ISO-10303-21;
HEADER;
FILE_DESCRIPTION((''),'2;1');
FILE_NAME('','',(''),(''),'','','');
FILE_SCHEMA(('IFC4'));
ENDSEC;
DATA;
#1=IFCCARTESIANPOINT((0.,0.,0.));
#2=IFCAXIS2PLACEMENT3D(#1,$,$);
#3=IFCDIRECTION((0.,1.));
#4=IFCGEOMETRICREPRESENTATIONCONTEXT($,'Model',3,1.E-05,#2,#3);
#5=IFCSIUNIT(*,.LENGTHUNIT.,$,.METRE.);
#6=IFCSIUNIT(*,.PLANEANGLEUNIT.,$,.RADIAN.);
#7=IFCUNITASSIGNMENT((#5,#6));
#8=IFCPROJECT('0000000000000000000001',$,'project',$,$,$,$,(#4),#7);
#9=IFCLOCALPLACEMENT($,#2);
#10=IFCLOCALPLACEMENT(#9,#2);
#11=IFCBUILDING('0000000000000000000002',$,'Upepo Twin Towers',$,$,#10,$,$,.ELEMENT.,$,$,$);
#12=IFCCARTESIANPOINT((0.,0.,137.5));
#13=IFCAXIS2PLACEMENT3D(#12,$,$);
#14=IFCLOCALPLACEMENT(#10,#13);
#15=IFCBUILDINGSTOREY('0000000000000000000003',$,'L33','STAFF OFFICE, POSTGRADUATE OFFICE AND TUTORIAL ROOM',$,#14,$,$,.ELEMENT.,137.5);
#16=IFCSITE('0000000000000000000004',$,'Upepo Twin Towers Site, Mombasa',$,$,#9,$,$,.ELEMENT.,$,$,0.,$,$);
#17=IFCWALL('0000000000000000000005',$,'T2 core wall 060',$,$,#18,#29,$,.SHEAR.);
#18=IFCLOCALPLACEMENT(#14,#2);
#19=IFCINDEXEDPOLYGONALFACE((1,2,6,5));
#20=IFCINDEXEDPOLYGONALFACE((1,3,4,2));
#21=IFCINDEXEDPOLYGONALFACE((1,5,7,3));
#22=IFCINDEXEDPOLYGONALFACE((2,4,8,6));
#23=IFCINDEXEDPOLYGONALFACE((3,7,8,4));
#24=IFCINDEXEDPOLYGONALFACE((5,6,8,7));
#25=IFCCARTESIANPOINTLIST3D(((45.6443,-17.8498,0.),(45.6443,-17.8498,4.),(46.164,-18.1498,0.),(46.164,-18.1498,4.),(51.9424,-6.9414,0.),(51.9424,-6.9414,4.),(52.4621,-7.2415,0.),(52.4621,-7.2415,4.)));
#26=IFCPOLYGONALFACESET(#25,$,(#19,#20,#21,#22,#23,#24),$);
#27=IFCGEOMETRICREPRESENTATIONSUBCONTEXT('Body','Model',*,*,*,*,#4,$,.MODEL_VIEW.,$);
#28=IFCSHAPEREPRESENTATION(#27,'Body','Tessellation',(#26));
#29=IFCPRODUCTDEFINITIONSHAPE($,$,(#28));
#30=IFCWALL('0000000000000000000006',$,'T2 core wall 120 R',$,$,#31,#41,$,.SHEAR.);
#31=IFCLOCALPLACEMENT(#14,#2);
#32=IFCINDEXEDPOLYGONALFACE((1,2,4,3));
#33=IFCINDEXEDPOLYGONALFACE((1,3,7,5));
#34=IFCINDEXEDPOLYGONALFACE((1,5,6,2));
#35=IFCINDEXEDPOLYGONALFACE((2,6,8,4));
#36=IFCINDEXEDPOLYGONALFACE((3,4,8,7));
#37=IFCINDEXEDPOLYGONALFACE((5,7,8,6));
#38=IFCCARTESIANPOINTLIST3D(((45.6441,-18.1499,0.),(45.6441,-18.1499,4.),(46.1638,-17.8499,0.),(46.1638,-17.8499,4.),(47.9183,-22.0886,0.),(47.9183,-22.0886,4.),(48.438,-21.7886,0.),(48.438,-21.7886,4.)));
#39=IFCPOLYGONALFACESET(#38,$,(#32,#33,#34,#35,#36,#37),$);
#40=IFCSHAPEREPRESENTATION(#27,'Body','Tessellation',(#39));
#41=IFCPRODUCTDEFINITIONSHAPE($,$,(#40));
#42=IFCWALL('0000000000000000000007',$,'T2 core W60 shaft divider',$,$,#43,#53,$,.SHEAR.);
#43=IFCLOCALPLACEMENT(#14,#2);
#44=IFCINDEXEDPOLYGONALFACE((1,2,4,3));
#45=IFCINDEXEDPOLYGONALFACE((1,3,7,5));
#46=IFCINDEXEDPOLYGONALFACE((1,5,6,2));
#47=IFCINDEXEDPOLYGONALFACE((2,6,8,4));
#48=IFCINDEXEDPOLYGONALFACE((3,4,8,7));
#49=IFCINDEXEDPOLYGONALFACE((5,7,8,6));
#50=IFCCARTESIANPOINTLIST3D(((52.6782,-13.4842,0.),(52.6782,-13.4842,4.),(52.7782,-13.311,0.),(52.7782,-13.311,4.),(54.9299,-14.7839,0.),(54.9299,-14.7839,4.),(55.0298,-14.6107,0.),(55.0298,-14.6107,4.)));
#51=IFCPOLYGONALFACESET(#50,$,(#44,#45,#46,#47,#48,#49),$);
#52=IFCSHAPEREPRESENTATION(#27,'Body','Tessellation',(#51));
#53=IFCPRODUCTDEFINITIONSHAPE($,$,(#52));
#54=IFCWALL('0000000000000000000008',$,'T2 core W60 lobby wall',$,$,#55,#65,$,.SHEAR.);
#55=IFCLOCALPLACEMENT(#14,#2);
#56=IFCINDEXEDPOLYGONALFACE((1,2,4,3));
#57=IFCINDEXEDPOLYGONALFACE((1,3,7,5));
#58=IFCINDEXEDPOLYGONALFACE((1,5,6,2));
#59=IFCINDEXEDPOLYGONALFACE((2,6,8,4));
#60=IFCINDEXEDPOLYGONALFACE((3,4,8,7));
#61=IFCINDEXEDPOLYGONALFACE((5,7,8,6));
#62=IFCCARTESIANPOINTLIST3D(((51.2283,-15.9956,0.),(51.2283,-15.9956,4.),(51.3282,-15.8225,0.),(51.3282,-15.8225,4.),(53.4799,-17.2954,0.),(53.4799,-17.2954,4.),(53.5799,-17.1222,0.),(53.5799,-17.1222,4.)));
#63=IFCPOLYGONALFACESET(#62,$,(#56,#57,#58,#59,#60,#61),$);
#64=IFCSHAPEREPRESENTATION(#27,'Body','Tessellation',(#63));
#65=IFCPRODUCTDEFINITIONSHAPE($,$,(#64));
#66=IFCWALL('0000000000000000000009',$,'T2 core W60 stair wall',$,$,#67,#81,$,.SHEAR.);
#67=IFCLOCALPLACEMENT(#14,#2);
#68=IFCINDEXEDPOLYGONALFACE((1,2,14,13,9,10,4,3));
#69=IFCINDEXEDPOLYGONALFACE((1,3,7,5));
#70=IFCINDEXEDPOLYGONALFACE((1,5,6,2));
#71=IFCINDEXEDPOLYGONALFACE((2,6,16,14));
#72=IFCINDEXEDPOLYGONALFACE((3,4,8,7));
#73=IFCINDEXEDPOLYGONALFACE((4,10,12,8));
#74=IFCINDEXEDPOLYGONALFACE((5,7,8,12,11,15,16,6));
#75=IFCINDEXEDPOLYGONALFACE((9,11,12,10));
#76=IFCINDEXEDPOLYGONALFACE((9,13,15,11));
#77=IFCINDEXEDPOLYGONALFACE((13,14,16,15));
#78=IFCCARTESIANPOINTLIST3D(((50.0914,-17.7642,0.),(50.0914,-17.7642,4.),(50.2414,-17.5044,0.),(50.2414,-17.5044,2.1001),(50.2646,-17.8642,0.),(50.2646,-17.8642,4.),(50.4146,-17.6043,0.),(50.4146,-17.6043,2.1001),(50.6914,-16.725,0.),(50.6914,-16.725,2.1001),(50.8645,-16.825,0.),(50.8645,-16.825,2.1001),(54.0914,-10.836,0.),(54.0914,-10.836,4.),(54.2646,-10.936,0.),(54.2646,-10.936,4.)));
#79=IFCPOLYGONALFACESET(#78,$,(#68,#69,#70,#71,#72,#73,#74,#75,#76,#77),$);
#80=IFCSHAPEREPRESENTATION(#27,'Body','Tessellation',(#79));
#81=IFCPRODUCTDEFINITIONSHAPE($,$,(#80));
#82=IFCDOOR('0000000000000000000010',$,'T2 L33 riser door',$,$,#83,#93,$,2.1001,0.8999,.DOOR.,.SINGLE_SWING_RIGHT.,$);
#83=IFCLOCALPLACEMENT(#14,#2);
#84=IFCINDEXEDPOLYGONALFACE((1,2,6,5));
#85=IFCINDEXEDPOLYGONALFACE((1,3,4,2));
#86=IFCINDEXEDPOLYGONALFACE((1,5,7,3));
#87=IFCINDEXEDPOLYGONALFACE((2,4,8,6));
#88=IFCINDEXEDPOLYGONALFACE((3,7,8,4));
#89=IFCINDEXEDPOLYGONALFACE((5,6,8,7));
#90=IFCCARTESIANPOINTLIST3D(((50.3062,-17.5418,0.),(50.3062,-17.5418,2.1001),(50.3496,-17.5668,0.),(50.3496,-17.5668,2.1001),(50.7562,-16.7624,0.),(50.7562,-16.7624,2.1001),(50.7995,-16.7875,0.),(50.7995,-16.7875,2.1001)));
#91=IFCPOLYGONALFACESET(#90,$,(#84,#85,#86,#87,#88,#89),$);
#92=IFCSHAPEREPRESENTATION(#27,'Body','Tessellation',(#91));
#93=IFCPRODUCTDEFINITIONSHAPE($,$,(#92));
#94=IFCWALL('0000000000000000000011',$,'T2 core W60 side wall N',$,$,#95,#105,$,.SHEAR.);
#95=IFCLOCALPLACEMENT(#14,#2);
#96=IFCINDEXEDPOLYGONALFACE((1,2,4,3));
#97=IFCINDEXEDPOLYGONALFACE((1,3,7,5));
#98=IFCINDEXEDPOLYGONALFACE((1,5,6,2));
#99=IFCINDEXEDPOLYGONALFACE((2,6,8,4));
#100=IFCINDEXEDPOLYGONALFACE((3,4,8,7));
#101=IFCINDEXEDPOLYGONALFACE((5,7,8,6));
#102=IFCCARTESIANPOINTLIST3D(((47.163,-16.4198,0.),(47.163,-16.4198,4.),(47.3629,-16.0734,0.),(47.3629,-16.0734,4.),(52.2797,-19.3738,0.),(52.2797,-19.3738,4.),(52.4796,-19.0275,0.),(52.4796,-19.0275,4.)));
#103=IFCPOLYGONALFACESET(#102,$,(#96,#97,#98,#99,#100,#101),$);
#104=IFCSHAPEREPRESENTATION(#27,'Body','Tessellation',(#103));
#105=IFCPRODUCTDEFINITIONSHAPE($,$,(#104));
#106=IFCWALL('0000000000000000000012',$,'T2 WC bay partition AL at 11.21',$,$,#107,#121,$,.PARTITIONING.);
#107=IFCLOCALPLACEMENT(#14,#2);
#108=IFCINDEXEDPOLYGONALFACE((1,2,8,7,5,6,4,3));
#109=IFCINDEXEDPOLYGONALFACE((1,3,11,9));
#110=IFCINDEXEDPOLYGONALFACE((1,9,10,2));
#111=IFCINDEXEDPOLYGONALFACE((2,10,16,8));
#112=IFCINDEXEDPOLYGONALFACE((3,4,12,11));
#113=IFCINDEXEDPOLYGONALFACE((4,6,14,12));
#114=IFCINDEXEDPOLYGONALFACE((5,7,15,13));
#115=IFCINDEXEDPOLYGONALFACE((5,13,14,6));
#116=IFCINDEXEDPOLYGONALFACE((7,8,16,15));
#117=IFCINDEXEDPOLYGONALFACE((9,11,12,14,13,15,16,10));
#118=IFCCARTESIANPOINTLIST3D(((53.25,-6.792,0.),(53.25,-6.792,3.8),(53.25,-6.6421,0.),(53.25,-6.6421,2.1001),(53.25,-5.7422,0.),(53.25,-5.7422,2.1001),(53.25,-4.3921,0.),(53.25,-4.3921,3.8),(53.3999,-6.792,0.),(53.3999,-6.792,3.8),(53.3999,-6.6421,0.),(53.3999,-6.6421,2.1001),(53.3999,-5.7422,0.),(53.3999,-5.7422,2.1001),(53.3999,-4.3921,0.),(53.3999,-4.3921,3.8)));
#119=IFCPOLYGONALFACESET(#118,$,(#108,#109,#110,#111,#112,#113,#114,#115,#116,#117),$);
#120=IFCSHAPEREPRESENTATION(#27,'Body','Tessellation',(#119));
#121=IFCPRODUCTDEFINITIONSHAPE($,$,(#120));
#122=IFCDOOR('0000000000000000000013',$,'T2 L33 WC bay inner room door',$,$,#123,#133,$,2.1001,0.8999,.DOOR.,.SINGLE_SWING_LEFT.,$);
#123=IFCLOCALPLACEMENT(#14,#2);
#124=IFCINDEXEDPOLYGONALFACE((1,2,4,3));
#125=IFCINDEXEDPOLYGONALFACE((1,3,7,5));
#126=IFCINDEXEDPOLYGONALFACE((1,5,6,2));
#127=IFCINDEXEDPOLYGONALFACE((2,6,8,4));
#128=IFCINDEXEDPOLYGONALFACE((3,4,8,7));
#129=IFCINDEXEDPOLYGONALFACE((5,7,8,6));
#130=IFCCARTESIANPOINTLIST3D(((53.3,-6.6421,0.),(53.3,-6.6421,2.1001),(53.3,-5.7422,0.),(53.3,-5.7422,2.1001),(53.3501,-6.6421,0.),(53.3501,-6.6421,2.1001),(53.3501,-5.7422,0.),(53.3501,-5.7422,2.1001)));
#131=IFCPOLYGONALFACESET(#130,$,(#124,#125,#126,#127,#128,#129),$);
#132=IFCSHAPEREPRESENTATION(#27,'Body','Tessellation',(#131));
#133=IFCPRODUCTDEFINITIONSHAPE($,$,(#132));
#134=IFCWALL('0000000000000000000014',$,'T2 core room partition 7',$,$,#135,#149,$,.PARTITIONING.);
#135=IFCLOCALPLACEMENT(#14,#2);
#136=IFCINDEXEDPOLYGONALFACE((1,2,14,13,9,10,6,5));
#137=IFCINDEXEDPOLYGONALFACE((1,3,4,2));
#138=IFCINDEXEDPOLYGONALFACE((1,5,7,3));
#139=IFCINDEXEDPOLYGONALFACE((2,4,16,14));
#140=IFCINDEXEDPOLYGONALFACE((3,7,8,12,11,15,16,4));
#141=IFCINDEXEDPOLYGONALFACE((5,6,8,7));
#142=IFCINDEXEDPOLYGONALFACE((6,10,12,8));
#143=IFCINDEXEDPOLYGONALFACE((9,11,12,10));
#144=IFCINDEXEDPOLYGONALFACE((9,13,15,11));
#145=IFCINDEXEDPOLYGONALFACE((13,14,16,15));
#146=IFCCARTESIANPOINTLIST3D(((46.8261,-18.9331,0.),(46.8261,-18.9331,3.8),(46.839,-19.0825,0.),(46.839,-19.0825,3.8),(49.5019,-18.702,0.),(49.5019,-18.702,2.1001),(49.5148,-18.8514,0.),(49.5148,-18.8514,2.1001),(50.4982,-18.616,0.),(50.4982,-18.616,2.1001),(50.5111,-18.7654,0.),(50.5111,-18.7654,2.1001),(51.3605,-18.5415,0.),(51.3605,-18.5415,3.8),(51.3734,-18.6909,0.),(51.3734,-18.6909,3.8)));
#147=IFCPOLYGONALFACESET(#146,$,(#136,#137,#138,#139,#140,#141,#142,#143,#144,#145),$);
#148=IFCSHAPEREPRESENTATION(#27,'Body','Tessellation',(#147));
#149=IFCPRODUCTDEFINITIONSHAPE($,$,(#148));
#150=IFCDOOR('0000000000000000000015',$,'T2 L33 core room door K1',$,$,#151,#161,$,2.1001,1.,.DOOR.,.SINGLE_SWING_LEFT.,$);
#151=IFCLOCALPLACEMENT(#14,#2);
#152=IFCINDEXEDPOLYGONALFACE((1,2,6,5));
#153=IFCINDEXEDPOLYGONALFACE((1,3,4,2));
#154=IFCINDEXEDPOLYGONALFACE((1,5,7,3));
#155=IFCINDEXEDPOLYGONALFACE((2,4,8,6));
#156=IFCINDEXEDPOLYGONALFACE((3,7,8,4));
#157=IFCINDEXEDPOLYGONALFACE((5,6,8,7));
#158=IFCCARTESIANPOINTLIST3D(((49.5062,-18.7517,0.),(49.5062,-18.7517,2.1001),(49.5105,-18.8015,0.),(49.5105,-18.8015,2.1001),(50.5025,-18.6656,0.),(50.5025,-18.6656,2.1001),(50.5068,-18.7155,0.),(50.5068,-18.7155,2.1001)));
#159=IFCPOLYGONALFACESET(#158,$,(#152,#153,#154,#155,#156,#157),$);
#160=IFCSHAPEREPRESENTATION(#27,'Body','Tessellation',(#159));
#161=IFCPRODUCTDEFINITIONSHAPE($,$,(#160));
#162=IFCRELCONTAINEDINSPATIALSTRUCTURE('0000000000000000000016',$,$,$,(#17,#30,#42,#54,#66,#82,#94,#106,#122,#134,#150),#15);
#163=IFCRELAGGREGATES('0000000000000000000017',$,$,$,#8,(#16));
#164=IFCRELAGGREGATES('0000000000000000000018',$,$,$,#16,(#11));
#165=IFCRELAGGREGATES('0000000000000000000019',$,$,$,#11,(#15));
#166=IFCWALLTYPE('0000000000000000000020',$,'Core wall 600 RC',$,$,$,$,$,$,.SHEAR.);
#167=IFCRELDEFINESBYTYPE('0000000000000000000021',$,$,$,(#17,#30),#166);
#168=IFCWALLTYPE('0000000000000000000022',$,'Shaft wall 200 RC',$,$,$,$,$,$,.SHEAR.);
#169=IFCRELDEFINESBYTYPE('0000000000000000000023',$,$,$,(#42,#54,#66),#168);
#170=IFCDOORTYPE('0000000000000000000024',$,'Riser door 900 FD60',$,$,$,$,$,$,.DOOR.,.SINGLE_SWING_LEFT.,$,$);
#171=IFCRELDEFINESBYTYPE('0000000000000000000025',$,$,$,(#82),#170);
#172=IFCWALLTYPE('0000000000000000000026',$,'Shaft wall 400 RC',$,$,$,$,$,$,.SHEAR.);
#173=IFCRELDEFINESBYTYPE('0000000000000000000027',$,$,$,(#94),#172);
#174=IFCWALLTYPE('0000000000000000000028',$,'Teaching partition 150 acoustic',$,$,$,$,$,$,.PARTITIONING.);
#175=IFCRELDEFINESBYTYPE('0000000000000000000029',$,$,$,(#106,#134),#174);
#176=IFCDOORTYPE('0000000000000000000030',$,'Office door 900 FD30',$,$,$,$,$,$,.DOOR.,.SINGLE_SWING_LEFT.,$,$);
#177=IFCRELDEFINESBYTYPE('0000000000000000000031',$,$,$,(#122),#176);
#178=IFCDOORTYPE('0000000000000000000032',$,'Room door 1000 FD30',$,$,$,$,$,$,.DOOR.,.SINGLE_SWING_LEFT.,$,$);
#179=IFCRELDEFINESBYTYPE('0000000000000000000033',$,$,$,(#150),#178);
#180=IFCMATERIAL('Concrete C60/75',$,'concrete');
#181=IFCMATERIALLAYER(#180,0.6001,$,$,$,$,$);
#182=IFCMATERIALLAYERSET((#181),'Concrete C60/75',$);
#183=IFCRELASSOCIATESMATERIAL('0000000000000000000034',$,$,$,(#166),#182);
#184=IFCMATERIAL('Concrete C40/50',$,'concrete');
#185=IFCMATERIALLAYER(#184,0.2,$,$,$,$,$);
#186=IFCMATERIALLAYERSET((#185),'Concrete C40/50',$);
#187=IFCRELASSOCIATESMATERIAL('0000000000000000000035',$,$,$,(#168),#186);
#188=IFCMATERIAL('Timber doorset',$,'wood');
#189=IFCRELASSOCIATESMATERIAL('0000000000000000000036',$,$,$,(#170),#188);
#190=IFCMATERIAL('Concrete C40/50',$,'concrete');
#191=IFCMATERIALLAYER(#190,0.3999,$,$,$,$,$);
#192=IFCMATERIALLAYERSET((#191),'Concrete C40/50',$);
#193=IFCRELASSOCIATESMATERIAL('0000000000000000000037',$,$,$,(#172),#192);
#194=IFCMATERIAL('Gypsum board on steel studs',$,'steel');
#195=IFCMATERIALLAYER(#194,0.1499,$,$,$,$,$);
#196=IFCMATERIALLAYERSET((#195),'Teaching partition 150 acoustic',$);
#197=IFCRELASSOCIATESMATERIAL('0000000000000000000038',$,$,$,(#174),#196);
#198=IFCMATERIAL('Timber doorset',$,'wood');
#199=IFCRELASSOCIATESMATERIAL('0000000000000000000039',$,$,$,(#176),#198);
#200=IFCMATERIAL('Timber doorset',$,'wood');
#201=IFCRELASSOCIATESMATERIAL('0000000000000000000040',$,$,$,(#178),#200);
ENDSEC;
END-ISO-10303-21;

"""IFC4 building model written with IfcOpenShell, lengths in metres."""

from ifc_helpers import new_model, si_unit, direction, frame, frame_2d, origin, place, context, subcontext, project, spatial, rectangle, extrude, material, layer, layer_set, type_object, element, fill, save


model = new_model("IFC4")

# Units and contexts
model_context = context("Model", 3, precision=1e-05, world=origin(), true_north=direction((0.0, 1.0)))
body_context = subcontext(model_context, "Body", "Model", "MODEL_VIEW")
ifc_project = project(units=[si_unit("LENGTHUNIT", "METRE"), si_unit("PLANEANGLEUNIT", "RADIAN")], contexts=[model_context])

# Site, building, storey
site_placement = place(None, origin())
site = spatial("IfcSite", under=ifc_project, at=site_placement, Name="Upepo Twin Towers Site, Mombasa", CompositionType="ELEMENT", RefElevation=0.0)
building_placement = place(site_placement, origin())
building = spatial("IfcBuilding", under=site, at=building_placement, Name="Upepo Twin Towers", CompositionType="ELEMENT")
storey_placement = place(building_placement, frame((0.0, 0.0, 137.5)))
storey = spatial("IfcBuildingStorey", under=building, at=storey_placement, Name="L33", Description="STAFF OFFICE, POSTGRADUATE OFFICE AND TUTORIAL ROOM", CompositionType="ELEMENT", Elevation=137.5)

# Walls
ifc_material_1 = material(Name="Concrete C60/75", Category="concrete")
ifc_layer_1 = layer(ifc_material_1, 0.6001)
ifc_layer_set_1 = layer_set([ifc_layer_1], Name="Concrete C60/75")
wall_type_1 = type_object("IfcWallType", Name="Core wall 600 RC", PredefinedType="SHEAR", material=ifc_layer_set_1)
wall_1_placement = place(storey_placement, frame((52.2021, -7.0916, 0.0), z_axis=(0.0, 0.0, 1.0), x_axis=(-0.500006, -0.866022, 0.0)))
element("IfcWall", 1, at=wall_1_placement, inside=storey, type_object=wall_type_1, Name="T2 core wall 060", PredefinedType="SHEAR", context=body_context, shape_type="SweptSolid", body=[
    extrude(rectangle(XDim=12.5959, YDim=0.6001, at=frame_2d((6.2979, 0.0))), origin(), (0.0, 0.0, 1.0), 4.0),
])
wall_2_placement = place(storey_placement, frame((45.9041, -18.0, 0.0), z_axis=(0.0, 0.0, 1.0), x_axis=(0.500024, -0.866011, 0.0)))
element("IfcWall", 2, at=wall_2_placement, inside=storey, type_object=wall_type_1, Name="T2 core wall 120 R", PredefinedType="SHEAR", context=body_context, shape_type="SweptSolid", body=[
    extrude(rectangle(XDim=4.5481, YDim=0.6001, at=frame_2d((2.2739, 0.0))), origin(), (0.0, 0.0, 1.0), 4.0),
])
ifc_material_2 = material(Name="Concrete C40/50", Category="concrete")
ifc_layer_2 = layer(ifc_material_2, 0.2)
ifc_layer_set_2 = layer_set([ifc_layer_2], Name="Concrete C40/50")
wall_type_2 = type_object("IfcWallType", Name="Shaft wall 200 RC", PredefinedType="SHEAR", material=ifc_layer_set_2)
for number, where, z_axis, x_axis, name in (
    (3, (54.9797, -14.6973, 0.0), (0.0, 0.0, 1.0), (-0.866062, 0.499937, 0.0), "T2 core W60 shaft divider"),
    (4, (53.5298, -17.2087, 0.0), (0.0, 0.0, 1.0), (-0.866062, 0.499937, 0.0), "T2 core W60 lobby wall"),
):
    element("IfcWall", number, at=place(storey_placement, frame(where, z_axis=z_axis, x_axis=x_axis)), inside=storey, type_object=wall_type_2, Name=name, PredefinedType="SHEAR", context=body_context, shape_type="SweptSolid", body=[
        extrude(rectangle(XDim=2.5999, YDim=0.2, at=frame_2d((1.2998, 0.0))), origin(), (0.0, 0.0, 1.0), 4.0),
    ])

# Wall, opening, door
wall_3_placement = place(storey_placement, frame((54.178, -10.886, 0.0), z_axis=(0.0, 0.0, 1.0), x_axis=(-0.499999, -0.866026, 0.0)))
wall_3 = element("IfcWall", 5, at=wall_3_placement, inside=storey, type_object=wall_type_2, Name="T2 core W60 stair wall", PredefinedType="SHEAR", context=body_context, shape_type="SweptSolid", body=[
    extrude(rectangle(XDim=8.0, YDim=0.2, at=frame_2d((4.0, 0.0))), origin(), (0.0, 0.0, 1.0), 4.0),
])
opening_1_placement = place(wall_3_placement, frame((6.8, 0.0, 0.0)))
opening_1 = element("IfcOpeningElement", 6, at=opening_1_placement, cuts=wall_3, PredefinedType="OPENING", context=body_context, shape_type="SweptSolid", body=[
    extrude(rectangle(XDim=0.8999, YDim=2.1001, at=frame_2d((0.45, 1.05))), frame((0.0, 0.1099, 0.0), z_axis=(0.0, -1.0, 0.0), x_axis=(1.0, 0.0, 0.0)), (0.0, 0.0, 1.0), 0.22),
])
ifc_material_3 = material(Name="Timber doorset", Category="wood")
door_type_1 = type_object("IfcDoorType", Name="Riser door 900 FD60", OperationType="SINGLE_SWING_LEFT", PredefinedType="DOOR", material=ifc_material_3)
door_1_placement = place(opening_1_placement, origin())
door_1 = element("IfcDoor", 7, at=door_1_placement, inside=storey, type_object=door_type_1, Name="T2 L33 riser door", OperationType="SINGLE_SWING_RIGHT", OverallHeight=2.1001, OverallWidth=0.8999, PredefinedType="DOOR", context=body_context, shape_type="SweptSolid", body=[
    extrude(rectangle(XDim=0.8999, YDim=2.1001, at=frame_2d((0.45, 1.05))), frame((0.0, 0.0249, 0.0), z_axis=(0.0, -1.0, 0.0), x_axis=(1.0, 0.0, 0.0)), (0.0, 0.0, 1.0), 0.05),
])
fill(opening_1, door_1)

# Wall
ifc_material_4 = material(Name="Concrete C40/50", Category="concrete")
ifc_layer_3 = layer(ifc_material_4, 0.3999)
ifc_layer_set_3 = layer_set([ifc_layer_3], Name="Concrete C40/50")
wall_type_3 = type_object("IfcWallType", Name="Shaft wall 400 RC", PredefinedType="SHEAR", material=ifc_layer_set_3)
wall_4_placement = place(storey_placement, frame((52.3796, -19.2007, 0.0), z_axis=(0.0, 0.0, 1.0), x_axis=(-0.866027, 0.499997, 0.0)))
element("IfcWall", 8, at=wall_4_placement, inside=storey, type_object=wall_type_3, Name="T2 core W60 side wall N", PredefinedType="SHEAR", context=body_context, shape_type="SweptSolid", body=[
    extrude(rectangle(XDim=5.9082, YDim=0.3999, at=frame_2d((2.9541, 0.0))), origin(), (0.0, 0.0, 1.0), 4.0),
])

# Walls, openings, doors
ifc_material_5 = material(Name="Gypsum board on steel studs", Category="steel")
ifc_layer_4 = layer(ifc_material_5, 0.1499)
ifc_layer_set_4 = layer_set([ifc_layer_4], Name="Teaching partition 150 acoustic")
wall_type_4 = type_object("IfcWallType", Name="Teaching partition 150 acoustic", PredefinedType="PARTITIONING", material=ifc_layer_set_4)
wall_5_placement = place(storey_placement, frame((53.325, -6.792, 0.0), z_axis=(0.0, 0.0, 1.0), x_axis=(0.0, 1.0, 0.0)))
wall_5 = element("IfcWall", 9, at=wall_5_placement, inside=storey, type_object=wall_type_4, Name="T2 WC bay partition AL at 11.21", PredefinedType="PARTITIONING", context=body_context, shape_type="SweptSolid", body=[
    extrude(rectangle(XDim=2.3999, YDim=0.1499, at=frame_2d((1.2, 0.0))), origin(), (0.0, 0.0, 1.0), 3.8),
])
opening_2_placement = place(wall_5_placement, frame((0.1499, 0.0, 0.0)))
opening_2 = element("IfcOpeningElement", 10, at=opening_2_placement, cuts=wall_5, PredefinedType="OPENING", context=body_context, shape_type="SweptSolid", body=[
    extrude(rectangle(XDim=0.8999, YDim=2.1001, at=frame_2d((0.45, 1.05))), frame((0.0, 0.085, 0.0), z_axis=(0.0, -1.0, 0.0), x_axis=(1.0, 0.0, 0.0)), (0.0, 0.0, 1.0), 0.1699),
])
ifc_material_6 = material(Name="Timber doorset", Category="wood")
door_type_2 = type_object("IfcDoorType", Name="Office door 900 FD30", OperationType="SINGLE_SWING_LEFT", PredefinedType="DOOR", material=ifc_material_6)
door_2_placement = place(opening_2_placement, origin())
door_2 = element("IfcDoor", 11, at=door_2_placement, inside=storey, type_object=door_type_2, Name="T2 L33 WC bay inner room door", OperationType="SINGLE_SWING_LEFT", OverallHeight=2.1001, OverallWidth=0.8999, PredefinedType="DOOR", context=body_context, shape_type="SweptSolid", body=[
    extrude(rectangle(XDim=0.8999, YDim=2.1001, at=frame_2d((0.45, 1.05))), frame((0.0, 0.0249, 0.0), z_axis=(0.0, -1.0, 0.0), x_axis=(1.0, 0.0, 0.0)), (0.0, 0.0, 1.0), 0.05),
])
fill(opening_2, door_2)
wall_6_placement = place(storey_placement, frame((51.3669, -18.6162, 0.0), z_axis=(0.0, 0.0, 1.0), x_axis=(-0.996292, -0.086042, 0.0)))
wall_6 = element("IfcWall", 12, at=wall_6_placement, inside=storey, type_object=wall_type_4, Name="T2 core room partition 7", PredefinedType="PARTITIONING", context=body_context, shape_type="SweptSolid", body=[
    extrude(rectangle(XDim=4.5513, YDim=0.1499, at=frame_2d((2.2756, 0.0))), origin(), (0.0, 0.0, 1.0), 3.8),
])
opening_3_placement = place(wall_6_placement, frame((0.8655, 0.0, 0.0)))
opening_3 = element("IfcOpeningElement", 13, at=opening_3_placement, cuts=wall_6, PredefinedType="OPENING", context=body_context, shape_type="SweptSolid", body=[
    extrude(rectangle(XDim=1.0, YDim=2.1001, at=frame_2d((0.5, 1.05))), frame((0.0, 0.085, 0.0), z_axis=(0.0, -1.0, 0.0), x_axis=(1.0, 0.0, 0.0)), (0.0, 0.0, 1.0), 0.1699),
])
ifc_material_7 = material(Name="Timber doorset", Category="wood")
door_type_3 = type_object("IfcDoorType", Name="Room door 1000 FD30", OperationType="SINGLE_SWING_LEFT", PredefinedType="DOOR", material=ifc_material_7)
door_3_placement = place(opening_3_placement, origin())
door_3 = element("IfcDoor", 14, at=door_3_placement, inside=storey, type_object=door_type_3, Name="T2 L33 core room door K1", OperationType="SINGLE_SWING_LEFT", OverallHeight=2.1001, OverallWidth=1.0, PredefinedType="DOOR", context=body_context, shape_type="SweptSolid", body=[
    extrude(rectangle(XDim=1.0, YDim=2.1001, at=frame_2d((0.5, 1.05))), frame((0.0, 0.0249, 0.0), z_axis=(0.0, -1.0, 0.0), x_axis=(1.0, 0.0, 0.0)), (0.0, 0.0, 1.0), 0.05),
])
fill(opening_3, door_3)

save(model, "model.ifc")
